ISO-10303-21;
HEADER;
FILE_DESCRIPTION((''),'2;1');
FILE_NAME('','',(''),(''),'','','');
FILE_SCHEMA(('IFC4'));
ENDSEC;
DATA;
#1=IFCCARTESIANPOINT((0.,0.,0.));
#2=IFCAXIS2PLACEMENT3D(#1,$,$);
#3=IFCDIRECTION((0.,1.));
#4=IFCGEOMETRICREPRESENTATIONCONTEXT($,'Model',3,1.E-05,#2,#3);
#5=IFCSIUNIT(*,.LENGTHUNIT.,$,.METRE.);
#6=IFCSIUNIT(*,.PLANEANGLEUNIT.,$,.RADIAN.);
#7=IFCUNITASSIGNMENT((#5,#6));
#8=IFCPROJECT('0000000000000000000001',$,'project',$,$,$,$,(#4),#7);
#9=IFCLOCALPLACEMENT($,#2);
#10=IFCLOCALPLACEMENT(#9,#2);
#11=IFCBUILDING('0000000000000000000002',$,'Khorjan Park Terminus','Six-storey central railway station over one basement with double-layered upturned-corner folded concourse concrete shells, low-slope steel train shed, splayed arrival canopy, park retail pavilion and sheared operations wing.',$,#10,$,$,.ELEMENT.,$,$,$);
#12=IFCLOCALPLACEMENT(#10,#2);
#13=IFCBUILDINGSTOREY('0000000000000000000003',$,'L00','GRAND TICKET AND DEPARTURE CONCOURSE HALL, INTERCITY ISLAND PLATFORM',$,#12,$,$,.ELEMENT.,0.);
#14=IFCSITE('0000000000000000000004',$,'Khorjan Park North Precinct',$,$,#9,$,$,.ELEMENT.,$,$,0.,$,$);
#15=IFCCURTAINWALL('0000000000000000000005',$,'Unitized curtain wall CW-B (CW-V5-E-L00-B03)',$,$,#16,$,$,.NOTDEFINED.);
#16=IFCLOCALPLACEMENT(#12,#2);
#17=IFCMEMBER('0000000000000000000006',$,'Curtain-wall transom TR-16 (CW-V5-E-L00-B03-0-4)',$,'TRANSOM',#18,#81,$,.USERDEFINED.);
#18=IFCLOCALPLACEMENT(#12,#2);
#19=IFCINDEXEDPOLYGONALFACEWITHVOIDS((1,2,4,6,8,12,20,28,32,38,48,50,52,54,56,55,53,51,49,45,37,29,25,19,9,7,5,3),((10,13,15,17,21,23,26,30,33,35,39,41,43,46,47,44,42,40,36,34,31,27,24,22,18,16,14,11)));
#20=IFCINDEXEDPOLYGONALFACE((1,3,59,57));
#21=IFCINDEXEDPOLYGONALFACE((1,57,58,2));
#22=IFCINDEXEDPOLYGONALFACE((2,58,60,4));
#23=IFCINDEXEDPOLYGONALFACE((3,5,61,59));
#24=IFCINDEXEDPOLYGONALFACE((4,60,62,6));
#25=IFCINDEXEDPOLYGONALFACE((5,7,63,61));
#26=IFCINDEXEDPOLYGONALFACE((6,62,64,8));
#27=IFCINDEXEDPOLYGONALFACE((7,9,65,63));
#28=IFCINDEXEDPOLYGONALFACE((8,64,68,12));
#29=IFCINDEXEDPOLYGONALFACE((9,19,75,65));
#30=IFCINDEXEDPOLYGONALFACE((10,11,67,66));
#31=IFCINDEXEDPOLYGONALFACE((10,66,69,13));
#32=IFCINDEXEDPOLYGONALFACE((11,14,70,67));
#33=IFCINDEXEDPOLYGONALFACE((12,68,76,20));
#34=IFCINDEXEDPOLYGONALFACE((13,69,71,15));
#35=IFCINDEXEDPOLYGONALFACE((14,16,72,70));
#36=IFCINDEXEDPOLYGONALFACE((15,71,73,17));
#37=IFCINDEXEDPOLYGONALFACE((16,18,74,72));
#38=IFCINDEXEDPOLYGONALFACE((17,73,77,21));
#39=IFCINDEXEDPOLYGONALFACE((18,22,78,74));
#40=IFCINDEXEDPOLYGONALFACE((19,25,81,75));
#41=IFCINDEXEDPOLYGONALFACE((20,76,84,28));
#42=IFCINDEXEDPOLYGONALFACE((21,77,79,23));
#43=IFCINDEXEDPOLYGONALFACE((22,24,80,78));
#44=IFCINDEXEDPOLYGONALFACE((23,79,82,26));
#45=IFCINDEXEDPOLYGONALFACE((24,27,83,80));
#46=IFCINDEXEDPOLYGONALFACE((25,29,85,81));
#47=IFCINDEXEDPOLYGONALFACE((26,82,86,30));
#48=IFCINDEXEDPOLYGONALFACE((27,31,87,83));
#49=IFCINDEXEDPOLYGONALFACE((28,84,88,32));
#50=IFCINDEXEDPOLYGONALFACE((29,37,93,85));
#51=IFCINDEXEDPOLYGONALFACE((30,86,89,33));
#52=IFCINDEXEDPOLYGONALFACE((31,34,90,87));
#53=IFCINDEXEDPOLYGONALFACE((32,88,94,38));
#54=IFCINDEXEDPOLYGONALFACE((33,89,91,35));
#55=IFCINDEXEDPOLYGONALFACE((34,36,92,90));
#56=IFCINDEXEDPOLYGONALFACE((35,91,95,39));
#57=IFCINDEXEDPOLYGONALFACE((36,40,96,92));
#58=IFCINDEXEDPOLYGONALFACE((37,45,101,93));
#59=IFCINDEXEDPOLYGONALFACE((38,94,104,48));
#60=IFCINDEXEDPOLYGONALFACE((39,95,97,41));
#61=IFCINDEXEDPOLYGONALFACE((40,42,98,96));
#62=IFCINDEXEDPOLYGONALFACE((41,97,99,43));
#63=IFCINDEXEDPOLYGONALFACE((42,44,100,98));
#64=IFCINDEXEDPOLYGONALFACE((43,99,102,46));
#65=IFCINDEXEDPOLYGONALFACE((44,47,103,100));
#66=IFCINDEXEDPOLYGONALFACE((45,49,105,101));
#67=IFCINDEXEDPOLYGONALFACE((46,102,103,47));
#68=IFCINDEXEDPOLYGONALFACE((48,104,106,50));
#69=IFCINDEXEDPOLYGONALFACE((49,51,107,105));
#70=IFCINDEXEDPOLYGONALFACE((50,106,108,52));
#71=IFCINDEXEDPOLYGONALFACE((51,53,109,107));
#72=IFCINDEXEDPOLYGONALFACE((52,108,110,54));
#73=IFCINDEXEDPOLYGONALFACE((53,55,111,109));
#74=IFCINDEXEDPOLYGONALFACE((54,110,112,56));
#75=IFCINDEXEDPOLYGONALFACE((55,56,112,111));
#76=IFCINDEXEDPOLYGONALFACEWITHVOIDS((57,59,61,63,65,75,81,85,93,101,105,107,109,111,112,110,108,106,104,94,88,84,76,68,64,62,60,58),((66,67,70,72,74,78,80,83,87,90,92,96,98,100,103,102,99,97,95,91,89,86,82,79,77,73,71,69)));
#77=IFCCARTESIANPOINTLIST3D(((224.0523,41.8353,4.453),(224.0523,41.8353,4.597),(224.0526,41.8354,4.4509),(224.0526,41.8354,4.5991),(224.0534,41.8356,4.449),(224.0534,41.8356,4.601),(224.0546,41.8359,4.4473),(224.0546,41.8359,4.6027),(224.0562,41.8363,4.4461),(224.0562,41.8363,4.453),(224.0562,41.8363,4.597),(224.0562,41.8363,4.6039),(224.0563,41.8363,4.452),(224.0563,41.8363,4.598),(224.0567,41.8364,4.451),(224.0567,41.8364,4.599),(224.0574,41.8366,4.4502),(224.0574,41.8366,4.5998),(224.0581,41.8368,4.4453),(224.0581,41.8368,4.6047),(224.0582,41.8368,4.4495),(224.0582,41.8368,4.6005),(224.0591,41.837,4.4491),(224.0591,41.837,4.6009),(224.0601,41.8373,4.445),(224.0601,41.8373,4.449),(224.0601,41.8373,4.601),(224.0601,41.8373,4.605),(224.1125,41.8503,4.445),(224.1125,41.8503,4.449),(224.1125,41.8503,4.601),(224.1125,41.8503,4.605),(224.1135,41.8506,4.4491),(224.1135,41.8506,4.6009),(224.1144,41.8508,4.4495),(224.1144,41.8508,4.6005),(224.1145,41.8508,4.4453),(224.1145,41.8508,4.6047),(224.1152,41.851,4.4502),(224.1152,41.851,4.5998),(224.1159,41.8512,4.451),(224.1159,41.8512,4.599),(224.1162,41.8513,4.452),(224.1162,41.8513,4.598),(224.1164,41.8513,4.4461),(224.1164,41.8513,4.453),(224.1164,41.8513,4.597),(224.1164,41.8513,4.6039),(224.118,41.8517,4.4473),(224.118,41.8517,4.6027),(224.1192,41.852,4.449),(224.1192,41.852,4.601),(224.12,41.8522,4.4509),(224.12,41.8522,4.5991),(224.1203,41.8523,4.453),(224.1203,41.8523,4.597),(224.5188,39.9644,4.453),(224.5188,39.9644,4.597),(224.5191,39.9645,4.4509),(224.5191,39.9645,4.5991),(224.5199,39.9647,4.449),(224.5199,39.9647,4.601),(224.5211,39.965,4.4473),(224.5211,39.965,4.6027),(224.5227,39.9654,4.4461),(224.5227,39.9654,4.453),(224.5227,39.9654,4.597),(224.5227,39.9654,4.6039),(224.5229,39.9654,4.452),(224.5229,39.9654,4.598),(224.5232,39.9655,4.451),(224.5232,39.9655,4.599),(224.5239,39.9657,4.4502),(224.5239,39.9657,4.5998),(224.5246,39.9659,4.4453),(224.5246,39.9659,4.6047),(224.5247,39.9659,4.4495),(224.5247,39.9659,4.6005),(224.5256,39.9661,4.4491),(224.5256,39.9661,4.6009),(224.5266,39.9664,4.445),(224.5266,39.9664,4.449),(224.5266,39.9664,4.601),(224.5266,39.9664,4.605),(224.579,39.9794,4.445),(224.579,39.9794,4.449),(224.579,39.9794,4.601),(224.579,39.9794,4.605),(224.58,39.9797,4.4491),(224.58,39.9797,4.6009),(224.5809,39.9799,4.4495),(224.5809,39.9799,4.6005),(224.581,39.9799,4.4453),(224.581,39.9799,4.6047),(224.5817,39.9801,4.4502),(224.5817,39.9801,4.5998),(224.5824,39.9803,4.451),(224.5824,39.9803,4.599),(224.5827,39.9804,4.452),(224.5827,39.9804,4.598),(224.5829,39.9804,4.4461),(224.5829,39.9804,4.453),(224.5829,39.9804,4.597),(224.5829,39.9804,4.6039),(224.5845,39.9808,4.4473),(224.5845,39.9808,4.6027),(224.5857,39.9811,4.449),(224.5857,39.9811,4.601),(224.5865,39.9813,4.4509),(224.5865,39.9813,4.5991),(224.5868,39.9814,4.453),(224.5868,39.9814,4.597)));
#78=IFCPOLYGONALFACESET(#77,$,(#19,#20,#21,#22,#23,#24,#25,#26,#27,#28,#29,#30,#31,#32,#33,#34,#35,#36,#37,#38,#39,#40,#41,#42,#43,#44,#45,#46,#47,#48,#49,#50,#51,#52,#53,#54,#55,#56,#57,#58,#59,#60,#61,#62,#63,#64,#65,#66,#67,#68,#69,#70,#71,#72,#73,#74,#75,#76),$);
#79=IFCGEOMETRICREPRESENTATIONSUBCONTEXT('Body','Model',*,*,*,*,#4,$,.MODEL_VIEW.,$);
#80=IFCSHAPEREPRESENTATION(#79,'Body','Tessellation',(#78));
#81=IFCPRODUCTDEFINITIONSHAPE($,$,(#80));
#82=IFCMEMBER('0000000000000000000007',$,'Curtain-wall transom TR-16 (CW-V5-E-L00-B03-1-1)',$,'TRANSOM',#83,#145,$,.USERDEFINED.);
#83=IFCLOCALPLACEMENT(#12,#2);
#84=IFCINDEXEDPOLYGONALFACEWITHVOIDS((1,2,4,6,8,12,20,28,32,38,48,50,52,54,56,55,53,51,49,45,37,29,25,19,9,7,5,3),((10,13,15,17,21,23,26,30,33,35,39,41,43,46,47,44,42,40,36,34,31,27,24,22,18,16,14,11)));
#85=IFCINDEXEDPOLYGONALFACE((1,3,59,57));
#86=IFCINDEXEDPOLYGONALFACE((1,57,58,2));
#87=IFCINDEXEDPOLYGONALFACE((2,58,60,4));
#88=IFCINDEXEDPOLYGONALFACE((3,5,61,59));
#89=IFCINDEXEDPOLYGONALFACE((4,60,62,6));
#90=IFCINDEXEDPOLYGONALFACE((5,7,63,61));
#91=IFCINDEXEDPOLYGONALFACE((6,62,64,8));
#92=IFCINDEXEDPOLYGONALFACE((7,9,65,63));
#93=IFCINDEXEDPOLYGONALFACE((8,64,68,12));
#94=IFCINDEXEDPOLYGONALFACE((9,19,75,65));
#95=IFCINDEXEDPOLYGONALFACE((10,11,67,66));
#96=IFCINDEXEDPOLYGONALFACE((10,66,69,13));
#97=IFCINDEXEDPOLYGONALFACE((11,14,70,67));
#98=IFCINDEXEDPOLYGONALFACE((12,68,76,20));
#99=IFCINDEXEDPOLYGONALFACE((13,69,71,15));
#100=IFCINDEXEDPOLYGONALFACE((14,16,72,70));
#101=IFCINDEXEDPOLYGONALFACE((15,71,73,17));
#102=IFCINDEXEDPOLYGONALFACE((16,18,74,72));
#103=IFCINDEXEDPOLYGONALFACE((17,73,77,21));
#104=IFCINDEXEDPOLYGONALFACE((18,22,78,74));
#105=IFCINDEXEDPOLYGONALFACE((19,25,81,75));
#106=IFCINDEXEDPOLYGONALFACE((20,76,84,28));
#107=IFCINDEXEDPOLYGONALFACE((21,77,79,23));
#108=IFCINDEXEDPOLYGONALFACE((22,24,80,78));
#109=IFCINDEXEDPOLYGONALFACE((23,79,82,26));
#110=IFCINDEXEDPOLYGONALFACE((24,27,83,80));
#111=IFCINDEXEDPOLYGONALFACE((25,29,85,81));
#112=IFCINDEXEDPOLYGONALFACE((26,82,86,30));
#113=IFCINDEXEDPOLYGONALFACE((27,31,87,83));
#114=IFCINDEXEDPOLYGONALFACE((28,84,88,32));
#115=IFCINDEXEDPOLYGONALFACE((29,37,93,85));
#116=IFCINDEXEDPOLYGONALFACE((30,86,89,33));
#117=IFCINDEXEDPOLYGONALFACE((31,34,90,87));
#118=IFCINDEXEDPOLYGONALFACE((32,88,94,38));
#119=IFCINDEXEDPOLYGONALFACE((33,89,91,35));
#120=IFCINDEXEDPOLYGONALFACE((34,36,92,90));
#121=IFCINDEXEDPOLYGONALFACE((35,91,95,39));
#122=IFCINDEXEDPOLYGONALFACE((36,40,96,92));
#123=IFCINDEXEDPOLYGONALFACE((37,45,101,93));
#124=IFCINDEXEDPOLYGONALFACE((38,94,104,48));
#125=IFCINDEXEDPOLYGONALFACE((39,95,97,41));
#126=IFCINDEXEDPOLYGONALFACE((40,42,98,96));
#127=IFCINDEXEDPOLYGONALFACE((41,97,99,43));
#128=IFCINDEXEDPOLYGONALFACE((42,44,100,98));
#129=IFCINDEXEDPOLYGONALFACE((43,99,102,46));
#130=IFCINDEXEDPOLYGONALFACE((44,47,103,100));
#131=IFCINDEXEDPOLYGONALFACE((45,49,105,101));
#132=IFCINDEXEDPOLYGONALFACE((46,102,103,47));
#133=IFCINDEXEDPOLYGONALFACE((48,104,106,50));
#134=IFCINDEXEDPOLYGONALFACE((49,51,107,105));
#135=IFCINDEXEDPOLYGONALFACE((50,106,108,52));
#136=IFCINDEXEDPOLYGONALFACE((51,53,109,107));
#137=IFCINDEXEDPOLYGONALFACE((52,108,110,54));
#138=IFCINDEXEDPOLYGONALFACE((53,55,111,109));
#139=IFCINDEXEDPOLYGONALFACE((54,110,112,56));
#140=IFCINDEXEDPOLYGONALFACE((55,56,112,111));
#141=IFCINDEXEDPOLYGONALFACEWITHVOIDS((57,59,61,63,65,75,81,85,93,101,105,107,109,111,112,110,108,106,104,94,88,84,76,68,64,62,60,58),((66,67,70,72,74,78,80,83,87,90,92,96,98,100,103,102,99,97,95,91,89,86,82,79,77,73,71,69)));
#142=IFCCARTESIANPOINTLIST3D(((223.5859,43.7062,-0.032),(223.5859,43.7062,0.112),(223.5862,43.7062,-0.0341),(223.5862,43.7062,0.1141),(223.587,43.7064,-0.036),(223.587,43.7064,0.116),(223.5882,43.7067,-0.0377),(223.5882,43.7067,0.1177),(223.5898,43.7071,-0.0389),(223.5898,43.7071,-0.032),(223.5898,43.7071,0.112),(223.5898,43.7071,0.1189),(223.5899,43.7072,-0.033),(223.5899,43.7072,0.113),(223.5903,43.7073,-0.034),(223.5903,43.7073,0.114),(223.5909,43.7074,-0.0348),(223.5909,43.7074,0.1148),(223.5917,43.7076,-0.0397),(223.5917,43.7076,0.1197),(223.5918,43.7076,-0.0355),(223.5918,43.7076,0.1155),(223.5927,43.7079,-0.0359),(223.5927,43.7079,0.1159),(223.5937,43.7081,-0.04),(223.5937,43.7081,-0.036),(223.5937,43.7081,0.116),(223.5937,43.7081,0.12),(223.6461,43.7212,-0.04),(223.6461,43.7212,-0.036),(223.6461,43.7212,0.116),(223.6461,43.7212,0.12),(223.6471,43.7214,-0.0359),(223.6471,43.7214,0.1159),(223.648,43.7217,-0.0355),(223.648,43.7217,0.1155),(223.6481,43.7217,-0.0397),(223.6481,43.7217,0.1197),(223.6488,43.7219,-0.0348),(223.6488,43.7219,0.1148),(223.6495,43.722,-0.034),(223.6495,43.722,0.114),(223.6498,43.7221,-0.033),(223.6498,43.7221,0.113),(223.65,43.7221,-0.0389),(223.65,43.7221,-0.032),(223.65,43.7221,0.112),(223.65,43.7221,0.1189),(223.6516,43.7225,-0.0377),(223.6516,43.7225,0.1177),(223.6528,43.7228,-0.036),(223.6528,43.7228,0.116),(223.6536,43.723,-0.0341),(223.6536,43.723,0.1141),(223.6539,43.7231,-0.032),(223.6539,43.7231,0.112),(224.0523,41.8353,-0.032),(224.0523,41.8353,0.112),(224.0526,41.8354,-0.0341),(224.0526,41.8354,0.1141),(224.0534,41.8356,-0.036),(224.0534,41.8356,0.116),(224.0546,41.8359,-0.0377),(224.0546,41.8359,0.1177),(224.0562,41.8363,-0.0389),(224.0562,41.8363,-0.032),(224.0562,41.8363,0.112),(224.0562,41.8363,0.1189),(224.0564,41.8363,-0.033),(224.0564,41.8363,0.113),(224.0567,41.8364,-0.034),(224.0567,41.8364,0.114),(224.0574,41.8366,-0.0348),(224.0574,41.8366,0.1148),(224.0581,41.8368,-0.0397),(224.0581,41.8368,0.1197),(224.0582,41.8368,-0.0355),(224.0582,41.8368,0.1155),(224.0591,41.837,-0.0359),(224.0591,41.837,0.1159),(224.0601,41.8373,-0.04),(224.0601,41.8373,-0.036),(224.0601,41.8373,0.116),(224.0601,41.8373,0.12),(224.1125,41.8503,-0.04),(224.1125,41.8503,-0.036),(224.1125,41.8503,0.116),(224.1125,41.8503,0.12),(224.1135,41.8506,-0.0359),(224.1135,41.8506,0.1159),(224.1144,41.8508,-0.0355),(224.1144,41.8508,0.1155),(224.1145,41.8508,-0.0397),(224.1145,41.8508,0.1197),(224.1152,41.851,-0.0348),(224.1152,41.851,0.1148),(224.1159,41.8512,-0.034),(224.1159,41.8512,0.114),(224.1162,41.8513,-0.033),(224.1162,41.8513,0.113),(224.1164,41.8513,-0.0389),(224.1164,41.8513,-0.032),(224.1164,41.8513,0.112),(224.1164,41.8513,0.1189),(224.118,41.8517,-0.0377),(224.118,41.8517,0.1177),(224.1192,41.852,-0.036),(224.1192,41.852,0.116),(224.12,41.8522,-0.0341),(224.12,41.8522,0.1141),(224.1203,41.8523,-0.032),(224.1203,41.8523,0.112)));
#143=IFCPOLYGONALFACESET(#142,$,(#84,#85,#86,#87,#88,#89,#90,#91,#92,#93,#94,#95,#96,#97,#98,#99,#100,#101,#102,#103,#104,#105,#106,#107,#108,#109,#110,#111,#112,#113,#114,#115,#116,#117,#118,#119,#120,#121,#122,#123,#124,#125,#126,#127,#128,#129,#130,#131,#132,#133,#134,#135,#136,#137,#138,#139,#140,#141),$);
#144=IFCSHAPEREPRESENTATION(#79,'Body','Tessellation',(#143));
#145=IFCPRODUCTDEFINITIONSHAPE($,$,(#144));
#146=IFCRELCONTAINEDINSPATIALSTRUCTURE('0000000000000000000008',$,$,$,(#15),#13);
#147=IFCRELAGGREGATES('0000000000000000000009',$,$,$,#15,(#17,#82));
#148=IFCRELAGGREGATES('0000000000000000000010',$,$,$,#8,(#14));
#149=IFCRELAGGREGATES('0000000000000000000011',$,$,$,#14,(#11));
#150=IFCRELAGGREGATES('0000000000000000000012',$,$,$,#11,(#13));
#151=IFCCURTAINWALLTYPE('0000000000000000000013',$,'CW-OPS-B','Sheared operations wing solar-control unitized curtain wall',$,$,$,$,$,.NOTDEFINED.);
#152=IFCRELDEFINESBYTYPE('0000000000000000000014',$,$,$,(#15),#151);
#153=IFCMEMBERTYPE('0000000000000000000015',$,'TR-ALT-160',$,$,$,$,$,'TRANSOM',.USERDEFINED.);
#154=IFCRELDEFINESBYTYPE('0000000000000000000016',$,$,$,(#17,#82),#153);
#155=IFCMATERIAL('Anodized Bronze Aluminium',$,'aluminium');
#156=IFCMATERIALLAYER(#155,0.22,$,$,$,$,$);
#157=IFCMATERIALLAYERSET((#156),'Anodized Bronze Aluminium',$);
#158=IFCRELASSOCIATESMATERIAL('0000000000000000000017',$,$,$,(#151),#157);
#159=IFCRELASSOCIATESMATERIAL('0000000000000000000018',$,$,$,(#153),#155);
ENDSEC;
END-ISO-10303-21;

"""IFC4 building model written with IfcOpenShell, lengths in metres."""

from ifc_helpers import new_model, si_unit, direction, frame, origin, origin_2d, place, context, subcontext, project, spatial, hollow_rectangle, extrude, material, layer, layer_set, material_profile, profile_set, type_object, element, aggregate, save


model = new_model("IFC4")

# Units and contexts
model_context = context("Model", 3, precision=1e-05, world=origin(), true_north=direction((0.0, 1.0)))
body_context = subcontext(model_context, "Body", "Model", "MODEL_VIEW")
ifc_project = project(units=[si_unit("LENGTHUNIT", "METRE"), si_unit("PLANEANGLEUNIT", "RADIAN")], contexts=[model_context])

# Site, building, storey
site_placement = place(None, origin())
site = spatial("IfcSite", under=ifc_project, at=site_placement, Name="Khorjan Park North Precinct", CompositionType="ELEMENT", RefElevation=0.0)
building_placement = place(site_placement, origin())
building = spatial("IfcBuilding", under=site, at=building_placement, Name="Khorjan Park Terminus", Description="Six-storey central railway station over one basement with double-layered upturned-corner folded concourse concrete shells, low-slope steel train shed, splayed arrival canopy, park retail pavilion and sheared operations wing.", CompositionType="ELEMENT")
storey_placement = place(building_placement, origin())
storey = spatial("IfcBuildingStorey", under=building, at=storey_placement, Name="L00", Description="GRAND TICKET AND DEPARTURE CONCOURSE HALL, INTERCITY ISLAND PLATFORM", CompositionType="ELEMENT", Elevation=0.0)

# Curtain wall, members
ifc_material_1 = material(Name="Anodized Bronze Aluminium", Category="aluminium")
ifc_layer_1 = layer(ifc_material_1, 0.22)
ifc_layer_set_1 = layer_set([ifc_layer_1], Name="Anodized Bronze Aluminium")
curtain_wall_type = type_object("IfcCurtainWallType", Name="CW-OPS-B", Description="Sheared operations wing solar-control unitized curtain wall", PredefinedType="NOTDEFINED", material=ifc_layer_set_1)
curtain_wall_placement = place(storey_placement, origin())
curtain_wall = element("IfcCurtainWall", 1, at=curtain_wall_placement, inside=storey, type_object=curtain_wall_type, Name="Unitized curtain wall CW-B (CW-V5-E-L00-B03)", PredefinedType="NOTDEFINED")
ifc_material_profile_1 = material_profile(ifc_material_1, hollow_rectangle(XDim=0.07, YDim=0.16, WallThickness=0.004, InnerFilletRadius=0.004, OuterFilletRadius=0.008, at=origin_2d()), Name="ALT 70x160x4")
ifc_profile_set_1 = profile_set([ifc_material_profile_1], Name="Anodized Bronze Aluminium")
member_type_1 = type_object("IfcMemberType", Name="TR-ALT-160", ElementType="TRANSOM", PredefinedType="USERDEFINED", material=ifc_profile_set_1)
member_1_placement = place(storey_placement, frame((224.5528, 39.9729, 4.525), z_axis=(-0.241938, 0.970292, 0.0), x_axis=(-0.970292, -0.241938, 0.0)))
member_1 = element("IfcMember", 2, at=member_1_placement, type_object=member_type_1, Name="Curtain-wall transom TR-16 (CW-V5-E-L00-B03-0-4)", ObjectType="TRANSOM", PredefinedType="USERDEFINED", context=body_context, shape_type="SweptSolid", body=[
    extrude(hollow_rectangle(XDim=0.07, YDim=0.16, WallThickness=0.004, InnerFilletRadius=0.004, OuterFilletRadius=0.008, at=origin_2d()), origin(), (0.0, 0.0, 1.0), 1.9282),
])
member_2_placement = place(storey_placement, frame((224.0863, 41.8438, 0.04), z_axis=(-0.241901, 0.970301, 0.0), x_axis=(-0.970301, -0.241901, 0.0)))
member_2 = element("IfcMember", 3, at=member_2_placement, type_object=member_type_1, Name="Curtain-wall transom TR-16 (CW-V5-E-L00-B03-1-1)", ObjectType="TRANSOM", PredefinedType="USERDEFINED", context=body_context, shape_type="SweptSolid", body=[
    extrude(hollow_rectangle(XDim=0.07, YDim=0.16, WallThickness=0.004, InnerFilletRadius=0.004, OuterFilletRadius=0.008, at=origin_2d()), origin(), (0.0, 0.0, 1.0), 1.9281),
])
aggregate(curtain_wall, [member_1, member_2])

save(model, "model.ifc")
